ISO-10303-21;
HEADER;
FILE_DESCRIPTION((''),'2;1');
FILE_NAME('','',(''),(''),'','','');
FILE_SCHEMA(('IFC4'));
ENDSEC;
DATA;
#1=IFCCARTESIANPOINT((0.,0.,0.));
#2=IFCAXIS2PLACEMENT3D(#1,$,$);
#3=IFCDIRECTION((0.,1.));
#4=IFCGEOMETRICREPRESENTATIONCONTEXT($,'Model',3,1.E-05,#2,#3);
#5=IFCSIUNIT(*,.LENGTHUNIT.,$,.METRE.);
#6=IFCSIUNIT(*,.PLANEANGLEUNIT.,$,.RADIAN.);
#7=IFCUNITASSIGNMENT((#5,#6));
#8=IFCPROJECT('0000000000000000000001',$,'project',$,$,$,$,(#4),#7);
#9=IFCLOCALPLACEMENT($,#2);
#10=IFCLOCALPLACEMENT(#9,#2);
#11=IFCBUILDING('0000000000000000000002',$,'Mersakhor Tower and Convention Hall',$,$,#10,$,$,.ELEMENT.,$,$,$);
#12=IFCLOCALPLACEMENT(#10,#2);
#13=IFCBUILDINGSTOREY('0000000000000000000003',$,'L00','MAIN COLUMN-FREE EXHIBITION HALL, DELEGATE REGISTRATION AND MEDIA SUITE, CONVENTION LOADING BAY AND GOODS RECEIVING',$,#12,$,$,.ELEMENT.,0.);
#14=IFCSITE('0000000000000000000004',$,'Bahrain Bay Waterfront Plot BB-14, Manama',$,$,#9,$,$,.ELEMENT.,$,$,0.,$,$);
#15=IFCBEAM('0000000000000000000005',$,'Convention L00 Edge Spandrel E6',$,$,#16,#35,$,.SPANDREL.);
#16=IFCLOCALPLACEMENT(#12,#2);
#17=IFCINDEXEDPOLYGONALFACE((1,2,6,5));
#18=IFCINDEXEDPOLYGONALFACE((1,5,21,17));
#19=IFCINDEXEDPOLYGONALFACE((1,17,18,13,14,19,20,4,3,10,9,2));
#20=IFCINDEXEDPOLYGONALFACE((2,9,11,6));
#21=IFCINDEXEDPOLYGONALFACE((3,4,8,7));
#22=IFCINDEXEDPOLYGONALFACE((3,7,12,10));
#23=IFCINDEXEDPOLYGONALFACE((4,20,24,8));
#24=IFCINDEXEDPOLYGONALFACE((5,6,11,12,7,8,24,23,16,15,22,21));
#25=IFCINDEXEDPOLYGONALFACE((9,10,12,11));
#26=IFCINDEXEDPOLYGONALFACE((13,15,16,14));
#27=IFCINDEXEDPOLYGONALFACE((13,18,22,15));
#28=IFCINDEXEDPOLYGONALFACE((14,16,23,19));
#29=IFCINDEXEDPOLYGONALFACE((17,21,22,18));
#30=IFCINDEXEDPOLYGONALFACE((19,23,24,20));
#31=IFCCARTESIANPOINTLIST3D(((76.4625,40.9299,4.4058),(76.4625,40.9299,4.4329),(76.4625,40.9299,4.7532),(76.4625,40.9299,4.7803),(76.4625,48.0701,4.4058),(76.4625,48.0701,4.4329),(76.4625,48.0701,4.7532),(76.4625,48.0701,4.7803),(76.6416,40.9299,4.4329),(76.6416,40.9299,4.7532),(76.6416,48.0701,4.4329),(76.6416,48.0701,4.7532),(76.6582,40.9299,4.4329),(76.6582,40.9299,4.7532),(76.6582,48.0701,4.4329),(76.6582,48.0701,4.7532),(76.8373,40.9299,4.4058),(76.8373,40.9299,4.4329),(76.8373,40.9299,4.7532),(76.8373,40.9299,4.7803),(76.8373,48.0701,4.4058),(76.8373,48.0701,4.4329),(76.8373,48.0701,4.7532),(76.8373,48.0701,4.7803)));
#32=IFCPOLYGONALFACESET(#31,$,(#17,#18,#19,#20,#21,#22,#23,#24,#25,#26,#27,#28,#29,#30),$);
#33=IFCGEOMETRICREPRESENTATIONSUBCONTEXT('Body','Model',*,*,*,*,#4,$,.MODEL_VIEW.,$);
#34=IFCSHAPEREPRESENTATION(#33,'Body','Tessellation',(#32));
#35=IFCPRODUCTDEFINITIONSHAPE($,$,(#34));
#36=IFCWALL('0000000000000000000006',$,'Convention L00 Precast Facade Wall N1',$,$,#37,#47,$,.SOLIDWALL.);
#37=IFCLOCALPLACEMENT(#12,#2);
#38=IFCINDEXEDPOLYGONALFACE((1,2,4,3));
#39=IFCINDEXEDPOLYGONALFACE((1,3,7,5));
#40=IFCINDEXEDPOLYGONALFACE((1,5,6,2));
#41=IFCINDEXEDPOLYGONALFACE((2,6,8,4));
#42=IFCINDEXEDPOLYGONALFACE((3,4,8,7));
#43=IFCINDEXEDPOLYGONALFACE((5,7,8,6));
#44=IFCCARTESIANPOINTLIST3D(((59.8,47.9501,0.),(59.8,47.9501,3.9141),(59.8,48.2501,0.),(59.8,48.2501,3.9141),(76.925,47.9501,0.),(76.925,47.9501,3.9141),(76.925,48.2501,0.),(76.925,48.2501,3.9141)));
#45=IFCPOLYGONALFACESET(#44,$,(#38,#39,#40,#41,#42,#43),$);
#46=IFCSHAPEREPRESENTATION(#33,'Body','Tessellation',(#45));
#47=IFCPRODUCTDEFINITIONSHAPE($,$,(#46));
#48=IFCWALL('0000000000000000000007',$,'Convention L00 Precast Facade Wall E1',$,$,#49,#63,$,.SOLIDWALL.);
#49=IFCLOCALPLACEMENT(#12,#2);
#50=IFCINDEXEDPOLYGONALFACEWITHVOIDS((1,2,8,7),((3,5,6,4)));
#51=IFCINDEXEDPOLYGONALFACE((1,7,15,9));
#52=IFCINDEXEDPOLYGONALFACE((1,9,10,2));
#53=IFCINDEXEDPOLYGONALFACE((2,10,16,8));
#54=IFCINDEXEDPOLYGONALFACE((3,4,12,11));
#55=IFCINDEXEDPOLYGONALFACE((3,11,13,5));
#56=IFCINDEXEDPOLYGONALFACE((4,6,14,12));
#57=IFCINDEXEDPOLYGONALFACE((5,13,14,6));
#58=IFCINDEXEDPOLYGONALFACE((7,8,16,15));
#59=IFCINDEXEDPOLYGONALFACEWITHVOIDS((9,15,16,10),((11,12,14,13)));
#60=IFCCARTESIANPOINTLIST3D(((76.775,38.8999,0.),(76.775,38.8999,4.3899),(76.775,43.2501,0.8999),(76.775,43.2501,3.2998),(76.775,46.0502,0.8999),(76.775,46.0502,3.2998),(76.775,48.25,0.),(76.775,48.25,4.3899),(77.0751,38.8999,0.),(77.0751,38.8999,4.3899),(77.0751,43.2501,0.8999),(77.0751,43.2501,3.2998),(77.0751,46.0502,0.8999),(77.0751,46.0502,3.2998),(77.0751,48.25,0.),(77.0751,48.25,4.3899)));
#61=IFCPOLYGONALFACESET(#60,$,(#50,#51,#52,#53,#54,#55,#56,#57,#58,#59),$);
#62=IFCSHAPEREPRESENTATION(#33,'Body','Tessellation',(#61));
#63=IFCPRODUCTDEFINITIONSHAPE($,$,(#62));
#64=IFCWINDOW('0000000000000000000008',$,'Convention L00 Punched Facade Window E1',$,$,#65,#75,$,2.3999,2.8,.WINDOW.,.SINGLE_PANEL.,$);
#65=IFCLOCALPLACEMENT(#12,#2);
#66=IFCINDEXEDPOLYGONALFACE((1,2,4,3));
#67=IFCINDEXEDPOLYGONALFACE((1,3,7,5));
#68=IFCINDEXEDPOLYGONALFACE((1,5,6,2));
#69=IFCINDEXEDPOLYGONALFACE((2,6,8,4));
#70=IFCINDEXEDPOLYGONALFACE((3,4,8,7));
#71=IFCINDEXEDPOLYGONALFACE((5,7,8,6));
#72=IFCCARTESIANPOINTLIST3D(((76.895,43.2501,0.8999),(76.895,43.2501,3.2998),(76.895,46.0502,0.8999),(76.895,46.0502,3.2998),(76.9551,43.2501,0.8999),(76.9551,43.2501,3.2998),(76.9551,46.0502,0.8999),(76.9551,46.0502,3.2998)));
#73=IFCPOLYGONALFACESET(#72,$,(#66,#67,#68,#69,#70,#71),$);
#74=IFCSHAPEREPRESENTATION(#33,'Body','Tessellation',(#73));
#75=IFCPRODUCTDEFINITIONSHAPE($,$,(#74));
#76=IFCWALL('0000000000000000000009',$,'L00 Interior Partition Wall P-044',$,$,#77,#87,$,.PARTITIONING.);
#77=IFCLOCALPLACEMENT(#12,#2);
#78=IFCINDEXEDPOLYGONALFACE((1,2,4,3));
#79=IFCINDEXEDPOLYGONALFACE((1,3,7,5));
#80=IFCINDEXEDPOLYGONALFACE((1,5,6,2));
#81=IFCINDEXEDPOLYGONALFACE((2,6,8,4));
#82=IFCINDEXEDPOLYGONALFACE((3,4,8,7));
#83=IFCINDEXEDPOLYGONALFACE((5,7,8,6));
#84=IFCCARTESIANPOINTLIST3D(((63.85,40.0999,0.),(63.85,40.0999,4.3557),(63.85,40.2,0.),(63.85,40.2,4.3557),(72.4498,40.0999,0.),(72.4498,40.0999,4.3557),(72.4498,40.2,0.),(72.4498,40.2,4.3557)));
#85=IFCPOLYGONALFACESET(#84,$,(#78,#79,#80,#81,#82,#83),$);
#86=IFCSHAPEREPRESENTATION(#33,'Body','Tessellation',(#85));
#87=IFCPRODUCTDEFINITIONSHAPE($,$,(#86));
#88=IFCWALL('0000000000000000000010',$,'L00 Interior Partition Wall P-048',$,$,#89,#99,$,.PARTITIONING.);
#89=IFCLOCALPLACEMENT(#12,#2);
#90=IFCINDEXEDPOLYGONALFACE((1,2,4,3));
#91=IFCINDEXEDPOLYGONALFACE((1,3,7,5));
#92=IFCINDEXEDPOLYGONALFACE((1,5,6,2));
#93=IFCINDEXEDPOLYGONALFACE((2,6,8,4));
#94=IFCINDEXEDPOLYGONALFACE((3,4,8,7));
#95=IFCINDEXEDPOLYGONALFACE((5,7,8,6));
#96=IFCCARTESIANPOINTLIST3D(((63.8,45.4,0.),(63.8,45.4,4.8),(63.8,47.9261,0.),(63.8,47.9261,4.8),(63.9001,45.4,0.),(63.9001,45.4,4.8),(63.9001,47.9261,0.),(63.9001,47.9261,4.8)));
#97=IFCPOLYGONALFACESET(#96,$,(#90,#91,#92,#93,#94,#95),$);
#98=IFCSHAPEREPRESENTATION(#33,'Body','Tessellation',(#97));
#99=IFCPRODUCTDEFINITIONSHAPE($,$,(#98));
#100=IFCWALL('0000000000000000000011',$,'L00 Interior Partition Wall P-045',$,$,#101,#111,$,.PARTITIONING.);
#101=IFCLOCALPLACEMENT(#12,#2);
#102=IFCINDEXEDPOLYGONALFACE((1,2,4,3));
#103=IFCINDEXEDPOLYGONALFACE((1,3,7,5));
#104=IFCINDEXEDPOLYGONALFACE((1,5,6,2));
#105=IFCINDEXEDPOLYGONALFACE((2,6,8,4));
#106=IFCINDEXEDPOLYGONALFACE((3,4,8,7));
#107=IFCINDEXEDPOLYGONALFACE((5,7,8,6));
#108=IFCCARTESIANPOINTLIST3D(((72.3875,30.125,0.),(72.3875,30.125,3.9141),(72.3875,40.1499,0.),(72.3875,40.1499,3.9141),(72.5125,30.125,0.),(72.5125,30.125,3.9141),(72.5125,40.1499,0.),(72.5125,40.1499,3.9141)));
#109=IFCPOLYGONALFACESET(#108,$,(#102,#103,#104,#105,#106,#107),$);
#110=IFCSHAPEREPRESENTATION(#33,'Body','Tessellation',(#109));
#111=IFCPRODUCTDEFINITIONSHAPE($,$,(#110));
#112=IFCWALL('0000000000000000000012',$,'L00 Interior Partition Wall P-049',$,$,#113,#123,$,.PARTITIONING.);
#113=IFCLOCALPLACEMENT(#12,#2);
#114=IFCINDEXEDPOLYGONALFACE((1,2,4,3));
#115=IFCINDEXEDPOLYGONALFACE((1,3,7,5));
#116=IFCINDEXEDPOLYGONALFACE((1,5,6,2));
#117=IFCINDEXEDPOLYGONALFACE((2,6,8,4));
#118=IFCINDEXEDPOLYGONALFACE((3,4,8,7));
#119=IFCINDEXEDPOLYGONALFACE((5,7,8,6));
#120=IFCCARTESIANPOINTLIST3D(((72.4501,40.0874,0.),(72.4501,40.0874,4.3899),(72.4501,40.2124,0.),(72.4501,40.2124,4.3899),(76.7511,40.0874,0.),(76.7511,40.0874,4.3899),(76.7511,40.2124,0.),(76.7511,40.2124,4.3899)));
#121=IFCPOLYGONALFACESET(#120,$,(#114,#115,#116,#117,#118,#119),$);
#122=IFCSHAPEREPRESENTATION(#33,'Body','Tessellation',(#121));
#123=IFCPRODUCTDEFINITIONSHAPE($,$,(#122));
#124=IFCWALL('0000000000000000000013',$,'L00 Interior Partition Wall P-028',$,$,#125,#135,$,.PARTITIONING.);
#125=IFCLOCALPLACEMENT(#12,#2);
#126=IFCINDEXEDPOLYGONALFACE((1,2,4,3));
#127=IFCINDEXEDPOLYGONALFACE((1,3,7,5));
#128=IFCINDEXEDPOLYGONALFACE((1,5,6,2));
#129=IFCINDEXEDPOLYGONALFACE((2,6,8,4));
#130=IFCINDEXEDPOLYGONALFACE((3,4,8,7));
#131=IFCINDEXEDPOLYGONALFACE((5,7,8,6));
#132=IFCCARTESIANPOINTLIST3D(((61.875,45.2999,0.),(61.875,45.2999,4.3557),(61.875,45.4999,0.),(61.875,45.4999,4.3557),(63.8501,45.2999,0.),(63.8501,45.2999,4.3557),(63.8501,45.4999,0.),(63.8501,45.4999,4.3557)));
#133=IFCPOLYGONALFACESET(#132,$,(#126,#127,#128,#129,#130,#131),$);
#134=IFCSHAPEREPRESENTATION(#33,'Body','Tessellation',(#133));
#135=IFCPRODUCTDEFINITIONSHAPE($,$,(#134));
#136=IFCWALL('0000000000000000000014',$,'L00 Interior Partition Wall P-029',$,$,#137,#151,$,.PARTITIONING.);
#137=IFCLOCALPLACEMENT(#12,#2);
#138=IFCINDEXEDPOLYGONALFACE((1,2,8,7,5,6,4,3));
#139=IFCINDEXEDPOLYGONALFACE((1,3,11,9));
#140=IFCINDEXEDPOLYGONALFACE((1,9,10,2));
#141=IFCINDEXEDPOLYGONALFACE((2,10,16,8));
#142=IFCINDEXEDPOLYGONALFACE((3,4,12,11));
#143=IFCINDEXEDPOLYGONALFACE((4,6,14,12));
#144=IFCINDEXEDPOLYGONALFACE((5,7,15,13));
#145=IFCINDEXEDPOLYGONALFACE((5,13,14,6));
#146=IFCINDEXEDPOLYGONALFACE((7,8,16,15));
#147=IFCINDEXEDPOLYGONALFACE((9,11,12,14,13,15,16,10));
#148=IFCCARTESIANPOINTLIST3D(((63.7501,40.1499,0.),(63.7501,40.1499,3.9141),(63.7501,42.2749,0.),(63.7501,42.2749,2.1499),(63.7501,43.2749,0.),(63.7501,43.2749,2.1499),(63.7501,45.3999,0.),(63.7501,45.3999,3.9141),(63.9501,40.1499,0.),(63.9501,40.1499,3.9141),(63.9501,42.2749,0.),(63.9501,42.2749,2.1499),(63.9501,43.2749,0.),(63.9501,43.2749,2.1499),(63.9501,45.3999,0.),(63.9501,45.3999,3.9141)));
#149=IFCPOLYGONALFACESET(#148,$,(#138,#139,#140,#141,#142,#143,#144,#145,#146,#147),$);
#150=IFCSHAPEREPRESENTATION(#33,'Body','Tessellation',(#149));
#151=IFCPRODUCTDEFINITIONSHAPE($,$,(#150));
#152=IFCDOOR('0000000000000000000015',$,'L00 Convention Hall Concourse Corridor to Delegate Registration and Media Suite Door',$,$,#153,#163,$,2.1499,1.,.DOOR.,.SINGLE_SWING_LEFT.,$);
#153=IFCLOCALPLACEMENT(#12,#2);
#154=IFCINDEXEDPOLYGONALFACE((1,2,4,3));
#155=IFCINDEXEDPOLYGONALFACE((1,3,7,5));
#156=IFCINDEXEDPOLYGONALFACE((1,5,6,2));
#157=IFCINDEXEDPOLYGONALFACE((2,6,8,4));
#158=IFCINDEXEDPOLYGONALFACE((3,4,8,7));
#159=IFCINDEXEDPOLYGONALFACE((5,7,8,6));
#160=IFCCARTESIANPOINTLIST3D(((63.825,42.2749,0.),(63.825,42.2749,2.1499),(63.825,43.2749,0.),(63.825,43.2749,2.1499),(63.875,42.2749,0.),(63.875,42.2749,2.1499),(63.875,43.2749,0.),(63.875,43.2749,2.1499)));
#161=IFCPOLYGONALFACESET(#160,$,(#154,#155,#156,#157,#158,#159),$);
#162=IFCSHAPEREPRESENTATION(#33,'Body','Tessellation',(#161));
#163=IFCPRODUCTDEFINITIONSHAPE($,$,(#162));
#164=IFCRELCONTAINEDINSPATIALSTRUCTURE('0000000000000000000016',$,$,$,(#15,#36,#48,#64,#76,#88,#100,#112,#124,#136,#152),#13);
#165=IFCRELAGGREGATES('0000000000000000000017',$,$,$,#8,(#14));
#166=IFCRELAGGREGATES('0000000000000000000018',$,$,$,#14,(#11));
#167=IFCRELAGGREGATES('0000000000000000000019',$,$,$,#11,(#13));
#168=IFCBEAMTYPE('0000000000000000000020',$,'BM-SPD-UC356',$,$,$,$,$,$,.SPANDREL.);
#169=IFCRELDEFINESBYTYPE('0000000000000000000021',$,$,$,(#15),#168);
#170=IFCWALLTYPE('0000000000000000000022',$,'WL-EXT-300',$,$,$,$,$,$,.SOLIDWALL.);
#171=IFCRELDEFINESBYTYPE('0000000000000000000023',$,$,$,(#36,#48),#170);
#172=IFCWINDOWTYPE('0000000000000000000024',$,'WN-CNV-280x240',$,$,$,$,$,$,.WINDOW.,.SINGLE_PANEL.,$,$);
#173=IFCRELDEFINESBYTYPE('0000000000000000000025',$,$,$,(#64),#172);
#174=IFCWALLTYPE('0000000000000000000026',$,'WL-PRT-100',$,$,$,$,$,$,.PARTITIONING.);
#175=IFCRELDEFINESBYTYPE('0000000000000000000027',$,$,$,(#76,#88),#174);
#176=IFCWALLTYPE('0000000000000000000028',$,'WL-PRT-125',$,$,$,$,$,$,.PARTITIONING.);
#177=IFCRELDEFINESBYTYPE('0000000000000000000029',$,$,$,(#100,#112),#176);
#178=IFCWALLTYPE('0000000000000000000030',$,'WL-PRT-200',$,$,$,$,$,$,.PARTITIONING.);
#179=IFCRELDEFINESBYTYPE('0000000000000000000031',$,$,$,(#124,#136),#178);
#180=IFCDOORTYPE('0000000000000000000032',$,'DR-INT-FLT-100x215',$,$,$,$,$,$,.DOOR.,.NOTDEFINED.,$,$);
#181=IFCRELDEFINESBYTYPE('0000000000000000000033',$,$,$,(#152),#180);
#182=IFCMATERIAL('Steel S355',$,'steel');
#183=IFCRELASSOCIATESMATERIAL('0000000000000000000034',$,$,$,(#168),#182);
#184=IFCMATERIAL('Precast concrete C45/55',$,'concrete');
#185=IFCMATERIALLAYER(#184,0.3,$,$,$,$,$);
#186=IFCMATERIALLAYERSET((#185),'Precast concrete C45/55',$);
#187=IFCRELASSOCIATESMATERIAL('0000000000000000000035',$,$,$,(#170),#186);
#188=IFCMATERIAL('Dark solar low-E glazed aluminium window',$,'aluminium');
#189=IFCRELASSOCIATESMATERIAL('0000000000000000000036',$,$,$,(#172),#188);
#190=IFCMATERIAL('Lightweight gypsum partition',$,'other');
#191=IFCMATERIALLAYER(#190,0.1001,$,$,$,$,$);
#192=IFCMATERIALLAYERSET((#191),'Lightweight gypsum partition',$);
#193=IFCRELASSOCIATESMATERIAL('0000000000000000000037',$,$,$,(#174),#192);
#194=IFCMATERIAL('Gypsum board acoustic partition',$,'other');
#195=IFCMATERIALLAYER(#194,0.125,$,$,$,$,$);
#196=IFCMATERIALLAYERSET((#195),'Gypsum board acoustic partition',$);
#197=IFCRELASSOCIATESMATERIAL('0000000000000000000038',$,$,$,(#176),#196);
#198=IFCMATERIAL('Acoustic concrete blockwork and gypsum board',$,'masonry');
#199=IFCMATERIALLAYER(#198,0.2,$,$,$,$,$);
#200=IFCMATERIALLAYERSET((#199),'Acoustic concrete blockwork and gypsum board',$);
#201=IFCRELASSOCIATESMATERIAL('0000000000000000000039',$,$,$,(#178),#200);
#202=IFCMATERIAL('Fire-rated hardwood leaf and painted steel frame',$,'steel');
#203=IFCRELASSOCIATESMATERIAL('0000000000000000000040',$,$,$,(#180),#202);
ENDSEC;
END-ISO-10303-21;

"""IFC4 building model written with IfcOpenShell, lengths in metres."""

from ifc_helpers import new_model, si_unit, direction, frame, frame_2d, origin, origin_2d, place, context, subcontext, project, spatial, rectangle, i_section, extrude, material, layer, layer_set, material_profile, profile_set, type_object, element, fill, save


model = new_model("IFC4")

# Units and contexts
model_context = context("Model", 3, precision=1e-05, world=origin(), true_north=direction((0.0, 1.0)))
body_context = subcontext(model_context, "Body", "Model", "MODEL_VIEW")
ifc_project = project(units=[si_unit("LENGTHUNIT", "METRE"), si_unit("PLANEANGLEUNIT", "RADIAN")], contexts=[model_context])

# Site, building, storey
site_placement = place(None, origin())
site = spatial("IfcSite", under=ifc_project, at=site_placement, Name="Bahrain Bay Waterfront Plot BB-14, Manama", CompositionType="ELEMENT", RefElevation=0.0)
building_placement = place(site_placement, origin())
building = spatial("IfcBuilding", under=site, at=building_placement, Name="Mersakhor Tower and Convention Hall", CompositionType="ELEMENT")
storey_placement = place(building_placement, origin())
storey = spatial("IfcBuildingStorey", under=building, at=storey_placement, Name="L00", Description="MAIN COLUMN-FREE EXHIBITION HALL, DELEGATE REGISTRATION AND MEDIA SUITE, CONVENTION LOADING BAY AND GOODS RECEIVING", CompositionType="ELEMENT", Elevation=0.0)

# Beam
ifc_material_1 = material(Name="Steel S355", Category="steel")
ifc_material_profile_1 = material_profile(ifc_material_1, i_section(OverallWidth=0.3748, OverallDepth=0.3745, WebThickness=0.0166, FlangeThickness=0.0271, at=origin_2d()), Name="UC 356x368x202")
ifc_profile_set_1 = profile_set([ifc_material_profile_1], Name="Steel S355")
beam_type_1 = type_object("IfcBeamType", Name="BM-SPD-UC356", PredefinedType="SPANDREL", material=ifc_profile_set_1)
beam_1_placement = place(storey_placement, frame((76.6499, 40.9299, 4.593), z_axis=(0.0, 1.0, 0.0), x_axis=(-1.0, 0.0, 0.0)))
element("IfcBeam", 1, at=beam_1_placement, inside=storey, type_object=beam_type_1, Name="Convention L00 Edge Spandrel E6", PredefinedType="SPANDREL", context=body_context, shape_type="SweptSolid", body=[
    extrude(i_section(OverallWidth=0.3748, OverallDepth=0.3745, WebThickness=0.0166, FlangeThickness=0.0271, at=origin_2d()), origin(), (0.0, 0.0, 1.0), 7.1401),
])

# Wall
ifc_material_2 = material(Name="Precast concrete C45/55", Category="concrete")
ifc_layer_1 = layer(ifc_material_2, 0.3)
ifc_layer_set_1 = layer_set([ifc_layer_1], Name="Precast concrete C45/55")
wall_type_1 = type_object("IfcWallType", Name="WL-EXT-300", PredefinedType="SOLIDWALL", material=ifc_layer_set_1)
wall_1_placement = place(storey_placement, frame((59.8, 48.1001, 0.0), z_axis=(0.0, 0.0, 1.0), x_axis=(1.0, 0.0, 0.0)))
element("IfcWall", 2, at=wall_1_placement, inside=storey, type_object=wall_type_1, Name="Convention L00 Precast Facade Wall N1", PredefinedType="SOLIDWALL", context=body_context, shape_type="SweptSolid", body=[
    extrude(rectangle(XDim=17.125, YDim=0.3, at=frame_2d((8.5625, 0.0))), origin(), (0.0, 0.0, 1.0), 3.9141),
])

# Wall, opening, window
wall_2_placement = place(storey_placement, frame((76.925, 48.25, 0.0), z_axis=(0.0, 0.0, 1.0), x_axis=(0.0, -1.0, 0.0)))
wall_2 = element("IfcWall", 3, at=wall_2_placement, inside=storey, type_object=wall_type_1, Name="Convention L00 Precast Facade Wall E1", PredefinedType="SOLIDWALL", context=body_context, shape_type="SweptSolid", body=[
    extrude(rectangle(XDim=9.3501, YDim=0.3, at=frame_2d((4.675, 0.0))), origin(), (0.0, 0.0, 1.0), 4.3899),
])
opening_1_placement = place(wall_2_placement, frame((2.2, 0.0, 0.8999)))
opening_1 = element("IfcOpeningElement", 4, at=opening_1_placement, cuts=wall_2, PredefinedType="OPENING", context=body_context, shape_type="SweptSolid", body=[
    extrude(rectangle(XDim=2.8, YDim=2.3999, at=frame_2d((1.3999, 1.2))), frame((0.0, 0.1599, 0.0), z_axis=(0.0, -1.0, 0.0), x_axis=(1.0, 0.0, 0.0)), (0.0, 0.0, 1.0), 0.3201),
])
ifc_material_3 = material(Name="Dark solar low-E glazed aluminium window", Category="aluminium")
window_type = type_object("IfcWindowType", Name="WN-CNV-280x240", PartitioningType="SINGLE_PANEL", PredefinedType="WINDOW", material=ifc_material_3)
window_placement = place(opening_1_placement, origin())
window = element("IfcWindow", 5, at=window_placement, inside=storey, type_object=window_type, Name="Convention L00 Punched Facade Window E1", OverallHeight=2.3999, OverallWidth=2.8, PartitioningType="SINGLE_PANEL", PredefinedType="WINDOW", context=body_context, shape_type="SweptSolid", body=[
    extrude(rectangle(XDim=2.8, YDim=2.3999, at=frame_2d((1.3999, 1.2))), frame((0.0, 0.03, 0.0), z_axis=(0.0, -1.0, 0.0), x_axis=(1.0, 0.0, 0.0)), (0.0, 0.0, 1.0), 0.0601),
])
fill(opening_1, window)

# Walls
ifc_material_4 = material(Name="Lightweight gypsum partition", Category="other")
ifc_layer_2 = layer(ifc_material_4, 0.1001)
ifc_layer_set_2 = layer_set([ifc_layer_2], Name="Lightweight gypsum partition")
wall_type_2 = type_object("IfcWallType", Name="WL-PRT-100", PredefinedType="PARTITIONING", material=ifc_layer_set_2)
wall_3_placement = place(storey_placement, frame((63.8501, 40.1499, 0.0), z_axis=(0.0, 0.0, 1.0), x_axis=(1.0, 0.0, 0.0)))
element("IfcWall", 6, at=wall_3_placement, inside=storey, type_object=wall_type_2, Name="L00 Interior Partition Wall P-044", PredefinedType="PARTITIONING", context=body_context, shape_type="SweptSolid", body=[
    extrude(rectangle(XDim=8.5999, YDim=0.1001, at=frame_2d((4.2998, 0.0))), origin(), (0.0, 0.0, 1.0), 4.3557),
])
wall_4_placement = place(storey_placement, frame((63.8501, 45.3999, 0.0), z_axis=(0.0, 0.0, 1.0), x_axis=(0.0, 1.0, 0.0)))
element("IfcWall", 7, at=wall_4_placement, inside=storey, type_object=wall_type_2, Name="L00 Interior Partition Wall P-048", PredefinedType="PARTITIONING", context=body_context, shape_type="SweptSolid", body=[
    extrude(rectangle(XDim=2.5261, YDim=0.1001, at=frame_2d((1.2632, 0.0))), origin(), (0.0, 0.0, 1.0), 4.8),
])
ifc_material_5 = material(Name="Gypsum board acoustic partition", Category="other")
ifc_layer_3 = layer(ifc_material_5, 0.125)
ifc_layer_set_3 = layer_set([ifc_layer_3], Name="Gypsum board acoustic partition")
wall_type_3 = type_object("IfcWallType", Name="WL-PRT-125", PredefinedType="PARTITIONING", material=ifc_layer_set_3)
wall_5_placement = place(storey_placement, frame((72.45, 40.1499, 0.0), z_axis=(0.0, 0.0, 1.0), x_axis=(0.0, -1.0, 0.0)))
element("IfcWall", 8, at=wall_5_placement, inside=storey, type_object=wall_type_3, Name="L00 Interior Partition Wall P-045", PredefinedType="PARTITIONING", context=body_context, shape_type="SweptSolid", body=[
    extrude(rectangle(XDim=10.0249, YDim=0.125, at=frame_2d((5.0125, 0.0))), origin(), (0.0, 0.0, 1.0), 3.9141),
])
wall_6_placement = place(storey_placement, frame((76.751, 40.1499, 0.0), z_axis=(0.0, 0.0, 1.0), x_axis=(-1.0, 0.0, 0.0)))
element("IfcWall", 9, at=wall_6_placement, inside=storey, type_object=wall_type_3, Name="L00 Interior Partition Wall P-049", PredefinedType="PARTITIONING", context=body_context, shape_type="SweptSolid", body=[
    extrude(rectangle(XDim=4.301, YDim=0.125, at=frame_2d((2.1504, 0.0))), origin(), (0.0, 0.0, 1.0), 4.3899),
])
ifc_material_6 = material(Name="Acoustic concrete blockwork and gypsum board", Category="masonry")
ifc_layer_4 = layer(ifc_material_6, 0.2)
ifc_layer_set_4 = layer_set([ifc_layer_4], Name="Acoustic concrete blockwork and gypsum board")
wall_type_4 = type_object("IfcWallType", Name="WL-PRT-200", PredefinedType="PARTITIONING", material=ifc_layer_set_4)
wall_7_placement = place(storey_placement, frame((61.875, 45.3999, 0.0), z_axis=(0.0, 0.0, 1.0), x_axis=(1.0, 0.0, 0.0)))
element("IfcWall", 10, at=wall_7_placement, inside=storey, type_object=wall_type_4, Name="L00 Interior Partition Wall P-028", PredefinedType="PARTITIONING", context=body_context, shape_type="SweptSolid", body=[
    extrude(rectangle(XDim=1.9751, YDim=0.2, at=frame_2d((0.9875, 0.0))), origin(), (0.0, 0.0, 1.0), 4.3557),
])

# Wall, opening, door
wall_8_placement = place(storey_placement, frame((63.8501, 45.3999, 0.0), z_axis=(0.0, 0.0, 1.0), x_axis=(0.0, -1.0, 0.0)))
wall_8 = element("IfcWall", 11, at=wall_8_placement, inside=storey, type_object=wall_type_4, Name="L00 Interior Partition Wall P-029", PredefinedType="PARTITIONING", context=body_context, shape_type="SweptSolid", body=[
    extrude(rectangle(XDim=5.25, YDim=0.2, at=frame_2d((2.625, 0.0))), origin(), (0.0, 0.0, 1.0), 3.9141),
])
opening_2_placement = place(wall_8_placement, frame((2.125, 0.0, 0.0)))
opening_2 = element("IfcOpeningElement", 12, at=opening_2_placement, cuts=wall_8, PredefinedType="OPENING", context=body_context, shape_type="SweptSolid", body=[
    extrude(rectangle(XDim=1.0, YDim=2.1499, at=frame_2d((0.5, 1.075))), frame((0.0, 0.1099, 0.0), z_axis=(0.0, -1.0, 0.0), x_axis=(1.0, 0.0, 0.0)), (0.0, 0.0, 1.0), 0.22),
])
ifc_material_7 = material(Name="Fire-rated hardwood leaf and painted steel frame", Category="steel")
door_type_1 = type_object("IfcDoorType", Name="DR-INT-FLT-100x215", OperationType="NOTDEFINED", PredefinedType="DOOR", material=ifc_material_7)
door_1_placement = place(opening_2_placement, origin())
door_1 = element("IfcDoor", 13, at=door_1_placement, inside=storey, type_object=door_type_1, Name="L00 Convention Hall Concourse Corridor to Delegate Registration and Media Suite Door", OperationType="SINGLE_SWING_LEFT", OverallHeight=2.1499, OverallWidth=1.0, PredefinedType="DOOR", context=body_context, shape_type="SweptSolid", body=[
    extrude(rectangle(XDim=1.0, YDim=2.1499, at=frame_2d((0.5, 1.075))), frame((0.0, 0.0249, 0.0), z_axis=(0.0, -1.0, 0.0), x_axis=(1.0, 0.0, 0.0)), (0.0, 0.0, 1.0), 0.05),
])
fill(opening_2, door_1)

save(model, "model.ifc")
